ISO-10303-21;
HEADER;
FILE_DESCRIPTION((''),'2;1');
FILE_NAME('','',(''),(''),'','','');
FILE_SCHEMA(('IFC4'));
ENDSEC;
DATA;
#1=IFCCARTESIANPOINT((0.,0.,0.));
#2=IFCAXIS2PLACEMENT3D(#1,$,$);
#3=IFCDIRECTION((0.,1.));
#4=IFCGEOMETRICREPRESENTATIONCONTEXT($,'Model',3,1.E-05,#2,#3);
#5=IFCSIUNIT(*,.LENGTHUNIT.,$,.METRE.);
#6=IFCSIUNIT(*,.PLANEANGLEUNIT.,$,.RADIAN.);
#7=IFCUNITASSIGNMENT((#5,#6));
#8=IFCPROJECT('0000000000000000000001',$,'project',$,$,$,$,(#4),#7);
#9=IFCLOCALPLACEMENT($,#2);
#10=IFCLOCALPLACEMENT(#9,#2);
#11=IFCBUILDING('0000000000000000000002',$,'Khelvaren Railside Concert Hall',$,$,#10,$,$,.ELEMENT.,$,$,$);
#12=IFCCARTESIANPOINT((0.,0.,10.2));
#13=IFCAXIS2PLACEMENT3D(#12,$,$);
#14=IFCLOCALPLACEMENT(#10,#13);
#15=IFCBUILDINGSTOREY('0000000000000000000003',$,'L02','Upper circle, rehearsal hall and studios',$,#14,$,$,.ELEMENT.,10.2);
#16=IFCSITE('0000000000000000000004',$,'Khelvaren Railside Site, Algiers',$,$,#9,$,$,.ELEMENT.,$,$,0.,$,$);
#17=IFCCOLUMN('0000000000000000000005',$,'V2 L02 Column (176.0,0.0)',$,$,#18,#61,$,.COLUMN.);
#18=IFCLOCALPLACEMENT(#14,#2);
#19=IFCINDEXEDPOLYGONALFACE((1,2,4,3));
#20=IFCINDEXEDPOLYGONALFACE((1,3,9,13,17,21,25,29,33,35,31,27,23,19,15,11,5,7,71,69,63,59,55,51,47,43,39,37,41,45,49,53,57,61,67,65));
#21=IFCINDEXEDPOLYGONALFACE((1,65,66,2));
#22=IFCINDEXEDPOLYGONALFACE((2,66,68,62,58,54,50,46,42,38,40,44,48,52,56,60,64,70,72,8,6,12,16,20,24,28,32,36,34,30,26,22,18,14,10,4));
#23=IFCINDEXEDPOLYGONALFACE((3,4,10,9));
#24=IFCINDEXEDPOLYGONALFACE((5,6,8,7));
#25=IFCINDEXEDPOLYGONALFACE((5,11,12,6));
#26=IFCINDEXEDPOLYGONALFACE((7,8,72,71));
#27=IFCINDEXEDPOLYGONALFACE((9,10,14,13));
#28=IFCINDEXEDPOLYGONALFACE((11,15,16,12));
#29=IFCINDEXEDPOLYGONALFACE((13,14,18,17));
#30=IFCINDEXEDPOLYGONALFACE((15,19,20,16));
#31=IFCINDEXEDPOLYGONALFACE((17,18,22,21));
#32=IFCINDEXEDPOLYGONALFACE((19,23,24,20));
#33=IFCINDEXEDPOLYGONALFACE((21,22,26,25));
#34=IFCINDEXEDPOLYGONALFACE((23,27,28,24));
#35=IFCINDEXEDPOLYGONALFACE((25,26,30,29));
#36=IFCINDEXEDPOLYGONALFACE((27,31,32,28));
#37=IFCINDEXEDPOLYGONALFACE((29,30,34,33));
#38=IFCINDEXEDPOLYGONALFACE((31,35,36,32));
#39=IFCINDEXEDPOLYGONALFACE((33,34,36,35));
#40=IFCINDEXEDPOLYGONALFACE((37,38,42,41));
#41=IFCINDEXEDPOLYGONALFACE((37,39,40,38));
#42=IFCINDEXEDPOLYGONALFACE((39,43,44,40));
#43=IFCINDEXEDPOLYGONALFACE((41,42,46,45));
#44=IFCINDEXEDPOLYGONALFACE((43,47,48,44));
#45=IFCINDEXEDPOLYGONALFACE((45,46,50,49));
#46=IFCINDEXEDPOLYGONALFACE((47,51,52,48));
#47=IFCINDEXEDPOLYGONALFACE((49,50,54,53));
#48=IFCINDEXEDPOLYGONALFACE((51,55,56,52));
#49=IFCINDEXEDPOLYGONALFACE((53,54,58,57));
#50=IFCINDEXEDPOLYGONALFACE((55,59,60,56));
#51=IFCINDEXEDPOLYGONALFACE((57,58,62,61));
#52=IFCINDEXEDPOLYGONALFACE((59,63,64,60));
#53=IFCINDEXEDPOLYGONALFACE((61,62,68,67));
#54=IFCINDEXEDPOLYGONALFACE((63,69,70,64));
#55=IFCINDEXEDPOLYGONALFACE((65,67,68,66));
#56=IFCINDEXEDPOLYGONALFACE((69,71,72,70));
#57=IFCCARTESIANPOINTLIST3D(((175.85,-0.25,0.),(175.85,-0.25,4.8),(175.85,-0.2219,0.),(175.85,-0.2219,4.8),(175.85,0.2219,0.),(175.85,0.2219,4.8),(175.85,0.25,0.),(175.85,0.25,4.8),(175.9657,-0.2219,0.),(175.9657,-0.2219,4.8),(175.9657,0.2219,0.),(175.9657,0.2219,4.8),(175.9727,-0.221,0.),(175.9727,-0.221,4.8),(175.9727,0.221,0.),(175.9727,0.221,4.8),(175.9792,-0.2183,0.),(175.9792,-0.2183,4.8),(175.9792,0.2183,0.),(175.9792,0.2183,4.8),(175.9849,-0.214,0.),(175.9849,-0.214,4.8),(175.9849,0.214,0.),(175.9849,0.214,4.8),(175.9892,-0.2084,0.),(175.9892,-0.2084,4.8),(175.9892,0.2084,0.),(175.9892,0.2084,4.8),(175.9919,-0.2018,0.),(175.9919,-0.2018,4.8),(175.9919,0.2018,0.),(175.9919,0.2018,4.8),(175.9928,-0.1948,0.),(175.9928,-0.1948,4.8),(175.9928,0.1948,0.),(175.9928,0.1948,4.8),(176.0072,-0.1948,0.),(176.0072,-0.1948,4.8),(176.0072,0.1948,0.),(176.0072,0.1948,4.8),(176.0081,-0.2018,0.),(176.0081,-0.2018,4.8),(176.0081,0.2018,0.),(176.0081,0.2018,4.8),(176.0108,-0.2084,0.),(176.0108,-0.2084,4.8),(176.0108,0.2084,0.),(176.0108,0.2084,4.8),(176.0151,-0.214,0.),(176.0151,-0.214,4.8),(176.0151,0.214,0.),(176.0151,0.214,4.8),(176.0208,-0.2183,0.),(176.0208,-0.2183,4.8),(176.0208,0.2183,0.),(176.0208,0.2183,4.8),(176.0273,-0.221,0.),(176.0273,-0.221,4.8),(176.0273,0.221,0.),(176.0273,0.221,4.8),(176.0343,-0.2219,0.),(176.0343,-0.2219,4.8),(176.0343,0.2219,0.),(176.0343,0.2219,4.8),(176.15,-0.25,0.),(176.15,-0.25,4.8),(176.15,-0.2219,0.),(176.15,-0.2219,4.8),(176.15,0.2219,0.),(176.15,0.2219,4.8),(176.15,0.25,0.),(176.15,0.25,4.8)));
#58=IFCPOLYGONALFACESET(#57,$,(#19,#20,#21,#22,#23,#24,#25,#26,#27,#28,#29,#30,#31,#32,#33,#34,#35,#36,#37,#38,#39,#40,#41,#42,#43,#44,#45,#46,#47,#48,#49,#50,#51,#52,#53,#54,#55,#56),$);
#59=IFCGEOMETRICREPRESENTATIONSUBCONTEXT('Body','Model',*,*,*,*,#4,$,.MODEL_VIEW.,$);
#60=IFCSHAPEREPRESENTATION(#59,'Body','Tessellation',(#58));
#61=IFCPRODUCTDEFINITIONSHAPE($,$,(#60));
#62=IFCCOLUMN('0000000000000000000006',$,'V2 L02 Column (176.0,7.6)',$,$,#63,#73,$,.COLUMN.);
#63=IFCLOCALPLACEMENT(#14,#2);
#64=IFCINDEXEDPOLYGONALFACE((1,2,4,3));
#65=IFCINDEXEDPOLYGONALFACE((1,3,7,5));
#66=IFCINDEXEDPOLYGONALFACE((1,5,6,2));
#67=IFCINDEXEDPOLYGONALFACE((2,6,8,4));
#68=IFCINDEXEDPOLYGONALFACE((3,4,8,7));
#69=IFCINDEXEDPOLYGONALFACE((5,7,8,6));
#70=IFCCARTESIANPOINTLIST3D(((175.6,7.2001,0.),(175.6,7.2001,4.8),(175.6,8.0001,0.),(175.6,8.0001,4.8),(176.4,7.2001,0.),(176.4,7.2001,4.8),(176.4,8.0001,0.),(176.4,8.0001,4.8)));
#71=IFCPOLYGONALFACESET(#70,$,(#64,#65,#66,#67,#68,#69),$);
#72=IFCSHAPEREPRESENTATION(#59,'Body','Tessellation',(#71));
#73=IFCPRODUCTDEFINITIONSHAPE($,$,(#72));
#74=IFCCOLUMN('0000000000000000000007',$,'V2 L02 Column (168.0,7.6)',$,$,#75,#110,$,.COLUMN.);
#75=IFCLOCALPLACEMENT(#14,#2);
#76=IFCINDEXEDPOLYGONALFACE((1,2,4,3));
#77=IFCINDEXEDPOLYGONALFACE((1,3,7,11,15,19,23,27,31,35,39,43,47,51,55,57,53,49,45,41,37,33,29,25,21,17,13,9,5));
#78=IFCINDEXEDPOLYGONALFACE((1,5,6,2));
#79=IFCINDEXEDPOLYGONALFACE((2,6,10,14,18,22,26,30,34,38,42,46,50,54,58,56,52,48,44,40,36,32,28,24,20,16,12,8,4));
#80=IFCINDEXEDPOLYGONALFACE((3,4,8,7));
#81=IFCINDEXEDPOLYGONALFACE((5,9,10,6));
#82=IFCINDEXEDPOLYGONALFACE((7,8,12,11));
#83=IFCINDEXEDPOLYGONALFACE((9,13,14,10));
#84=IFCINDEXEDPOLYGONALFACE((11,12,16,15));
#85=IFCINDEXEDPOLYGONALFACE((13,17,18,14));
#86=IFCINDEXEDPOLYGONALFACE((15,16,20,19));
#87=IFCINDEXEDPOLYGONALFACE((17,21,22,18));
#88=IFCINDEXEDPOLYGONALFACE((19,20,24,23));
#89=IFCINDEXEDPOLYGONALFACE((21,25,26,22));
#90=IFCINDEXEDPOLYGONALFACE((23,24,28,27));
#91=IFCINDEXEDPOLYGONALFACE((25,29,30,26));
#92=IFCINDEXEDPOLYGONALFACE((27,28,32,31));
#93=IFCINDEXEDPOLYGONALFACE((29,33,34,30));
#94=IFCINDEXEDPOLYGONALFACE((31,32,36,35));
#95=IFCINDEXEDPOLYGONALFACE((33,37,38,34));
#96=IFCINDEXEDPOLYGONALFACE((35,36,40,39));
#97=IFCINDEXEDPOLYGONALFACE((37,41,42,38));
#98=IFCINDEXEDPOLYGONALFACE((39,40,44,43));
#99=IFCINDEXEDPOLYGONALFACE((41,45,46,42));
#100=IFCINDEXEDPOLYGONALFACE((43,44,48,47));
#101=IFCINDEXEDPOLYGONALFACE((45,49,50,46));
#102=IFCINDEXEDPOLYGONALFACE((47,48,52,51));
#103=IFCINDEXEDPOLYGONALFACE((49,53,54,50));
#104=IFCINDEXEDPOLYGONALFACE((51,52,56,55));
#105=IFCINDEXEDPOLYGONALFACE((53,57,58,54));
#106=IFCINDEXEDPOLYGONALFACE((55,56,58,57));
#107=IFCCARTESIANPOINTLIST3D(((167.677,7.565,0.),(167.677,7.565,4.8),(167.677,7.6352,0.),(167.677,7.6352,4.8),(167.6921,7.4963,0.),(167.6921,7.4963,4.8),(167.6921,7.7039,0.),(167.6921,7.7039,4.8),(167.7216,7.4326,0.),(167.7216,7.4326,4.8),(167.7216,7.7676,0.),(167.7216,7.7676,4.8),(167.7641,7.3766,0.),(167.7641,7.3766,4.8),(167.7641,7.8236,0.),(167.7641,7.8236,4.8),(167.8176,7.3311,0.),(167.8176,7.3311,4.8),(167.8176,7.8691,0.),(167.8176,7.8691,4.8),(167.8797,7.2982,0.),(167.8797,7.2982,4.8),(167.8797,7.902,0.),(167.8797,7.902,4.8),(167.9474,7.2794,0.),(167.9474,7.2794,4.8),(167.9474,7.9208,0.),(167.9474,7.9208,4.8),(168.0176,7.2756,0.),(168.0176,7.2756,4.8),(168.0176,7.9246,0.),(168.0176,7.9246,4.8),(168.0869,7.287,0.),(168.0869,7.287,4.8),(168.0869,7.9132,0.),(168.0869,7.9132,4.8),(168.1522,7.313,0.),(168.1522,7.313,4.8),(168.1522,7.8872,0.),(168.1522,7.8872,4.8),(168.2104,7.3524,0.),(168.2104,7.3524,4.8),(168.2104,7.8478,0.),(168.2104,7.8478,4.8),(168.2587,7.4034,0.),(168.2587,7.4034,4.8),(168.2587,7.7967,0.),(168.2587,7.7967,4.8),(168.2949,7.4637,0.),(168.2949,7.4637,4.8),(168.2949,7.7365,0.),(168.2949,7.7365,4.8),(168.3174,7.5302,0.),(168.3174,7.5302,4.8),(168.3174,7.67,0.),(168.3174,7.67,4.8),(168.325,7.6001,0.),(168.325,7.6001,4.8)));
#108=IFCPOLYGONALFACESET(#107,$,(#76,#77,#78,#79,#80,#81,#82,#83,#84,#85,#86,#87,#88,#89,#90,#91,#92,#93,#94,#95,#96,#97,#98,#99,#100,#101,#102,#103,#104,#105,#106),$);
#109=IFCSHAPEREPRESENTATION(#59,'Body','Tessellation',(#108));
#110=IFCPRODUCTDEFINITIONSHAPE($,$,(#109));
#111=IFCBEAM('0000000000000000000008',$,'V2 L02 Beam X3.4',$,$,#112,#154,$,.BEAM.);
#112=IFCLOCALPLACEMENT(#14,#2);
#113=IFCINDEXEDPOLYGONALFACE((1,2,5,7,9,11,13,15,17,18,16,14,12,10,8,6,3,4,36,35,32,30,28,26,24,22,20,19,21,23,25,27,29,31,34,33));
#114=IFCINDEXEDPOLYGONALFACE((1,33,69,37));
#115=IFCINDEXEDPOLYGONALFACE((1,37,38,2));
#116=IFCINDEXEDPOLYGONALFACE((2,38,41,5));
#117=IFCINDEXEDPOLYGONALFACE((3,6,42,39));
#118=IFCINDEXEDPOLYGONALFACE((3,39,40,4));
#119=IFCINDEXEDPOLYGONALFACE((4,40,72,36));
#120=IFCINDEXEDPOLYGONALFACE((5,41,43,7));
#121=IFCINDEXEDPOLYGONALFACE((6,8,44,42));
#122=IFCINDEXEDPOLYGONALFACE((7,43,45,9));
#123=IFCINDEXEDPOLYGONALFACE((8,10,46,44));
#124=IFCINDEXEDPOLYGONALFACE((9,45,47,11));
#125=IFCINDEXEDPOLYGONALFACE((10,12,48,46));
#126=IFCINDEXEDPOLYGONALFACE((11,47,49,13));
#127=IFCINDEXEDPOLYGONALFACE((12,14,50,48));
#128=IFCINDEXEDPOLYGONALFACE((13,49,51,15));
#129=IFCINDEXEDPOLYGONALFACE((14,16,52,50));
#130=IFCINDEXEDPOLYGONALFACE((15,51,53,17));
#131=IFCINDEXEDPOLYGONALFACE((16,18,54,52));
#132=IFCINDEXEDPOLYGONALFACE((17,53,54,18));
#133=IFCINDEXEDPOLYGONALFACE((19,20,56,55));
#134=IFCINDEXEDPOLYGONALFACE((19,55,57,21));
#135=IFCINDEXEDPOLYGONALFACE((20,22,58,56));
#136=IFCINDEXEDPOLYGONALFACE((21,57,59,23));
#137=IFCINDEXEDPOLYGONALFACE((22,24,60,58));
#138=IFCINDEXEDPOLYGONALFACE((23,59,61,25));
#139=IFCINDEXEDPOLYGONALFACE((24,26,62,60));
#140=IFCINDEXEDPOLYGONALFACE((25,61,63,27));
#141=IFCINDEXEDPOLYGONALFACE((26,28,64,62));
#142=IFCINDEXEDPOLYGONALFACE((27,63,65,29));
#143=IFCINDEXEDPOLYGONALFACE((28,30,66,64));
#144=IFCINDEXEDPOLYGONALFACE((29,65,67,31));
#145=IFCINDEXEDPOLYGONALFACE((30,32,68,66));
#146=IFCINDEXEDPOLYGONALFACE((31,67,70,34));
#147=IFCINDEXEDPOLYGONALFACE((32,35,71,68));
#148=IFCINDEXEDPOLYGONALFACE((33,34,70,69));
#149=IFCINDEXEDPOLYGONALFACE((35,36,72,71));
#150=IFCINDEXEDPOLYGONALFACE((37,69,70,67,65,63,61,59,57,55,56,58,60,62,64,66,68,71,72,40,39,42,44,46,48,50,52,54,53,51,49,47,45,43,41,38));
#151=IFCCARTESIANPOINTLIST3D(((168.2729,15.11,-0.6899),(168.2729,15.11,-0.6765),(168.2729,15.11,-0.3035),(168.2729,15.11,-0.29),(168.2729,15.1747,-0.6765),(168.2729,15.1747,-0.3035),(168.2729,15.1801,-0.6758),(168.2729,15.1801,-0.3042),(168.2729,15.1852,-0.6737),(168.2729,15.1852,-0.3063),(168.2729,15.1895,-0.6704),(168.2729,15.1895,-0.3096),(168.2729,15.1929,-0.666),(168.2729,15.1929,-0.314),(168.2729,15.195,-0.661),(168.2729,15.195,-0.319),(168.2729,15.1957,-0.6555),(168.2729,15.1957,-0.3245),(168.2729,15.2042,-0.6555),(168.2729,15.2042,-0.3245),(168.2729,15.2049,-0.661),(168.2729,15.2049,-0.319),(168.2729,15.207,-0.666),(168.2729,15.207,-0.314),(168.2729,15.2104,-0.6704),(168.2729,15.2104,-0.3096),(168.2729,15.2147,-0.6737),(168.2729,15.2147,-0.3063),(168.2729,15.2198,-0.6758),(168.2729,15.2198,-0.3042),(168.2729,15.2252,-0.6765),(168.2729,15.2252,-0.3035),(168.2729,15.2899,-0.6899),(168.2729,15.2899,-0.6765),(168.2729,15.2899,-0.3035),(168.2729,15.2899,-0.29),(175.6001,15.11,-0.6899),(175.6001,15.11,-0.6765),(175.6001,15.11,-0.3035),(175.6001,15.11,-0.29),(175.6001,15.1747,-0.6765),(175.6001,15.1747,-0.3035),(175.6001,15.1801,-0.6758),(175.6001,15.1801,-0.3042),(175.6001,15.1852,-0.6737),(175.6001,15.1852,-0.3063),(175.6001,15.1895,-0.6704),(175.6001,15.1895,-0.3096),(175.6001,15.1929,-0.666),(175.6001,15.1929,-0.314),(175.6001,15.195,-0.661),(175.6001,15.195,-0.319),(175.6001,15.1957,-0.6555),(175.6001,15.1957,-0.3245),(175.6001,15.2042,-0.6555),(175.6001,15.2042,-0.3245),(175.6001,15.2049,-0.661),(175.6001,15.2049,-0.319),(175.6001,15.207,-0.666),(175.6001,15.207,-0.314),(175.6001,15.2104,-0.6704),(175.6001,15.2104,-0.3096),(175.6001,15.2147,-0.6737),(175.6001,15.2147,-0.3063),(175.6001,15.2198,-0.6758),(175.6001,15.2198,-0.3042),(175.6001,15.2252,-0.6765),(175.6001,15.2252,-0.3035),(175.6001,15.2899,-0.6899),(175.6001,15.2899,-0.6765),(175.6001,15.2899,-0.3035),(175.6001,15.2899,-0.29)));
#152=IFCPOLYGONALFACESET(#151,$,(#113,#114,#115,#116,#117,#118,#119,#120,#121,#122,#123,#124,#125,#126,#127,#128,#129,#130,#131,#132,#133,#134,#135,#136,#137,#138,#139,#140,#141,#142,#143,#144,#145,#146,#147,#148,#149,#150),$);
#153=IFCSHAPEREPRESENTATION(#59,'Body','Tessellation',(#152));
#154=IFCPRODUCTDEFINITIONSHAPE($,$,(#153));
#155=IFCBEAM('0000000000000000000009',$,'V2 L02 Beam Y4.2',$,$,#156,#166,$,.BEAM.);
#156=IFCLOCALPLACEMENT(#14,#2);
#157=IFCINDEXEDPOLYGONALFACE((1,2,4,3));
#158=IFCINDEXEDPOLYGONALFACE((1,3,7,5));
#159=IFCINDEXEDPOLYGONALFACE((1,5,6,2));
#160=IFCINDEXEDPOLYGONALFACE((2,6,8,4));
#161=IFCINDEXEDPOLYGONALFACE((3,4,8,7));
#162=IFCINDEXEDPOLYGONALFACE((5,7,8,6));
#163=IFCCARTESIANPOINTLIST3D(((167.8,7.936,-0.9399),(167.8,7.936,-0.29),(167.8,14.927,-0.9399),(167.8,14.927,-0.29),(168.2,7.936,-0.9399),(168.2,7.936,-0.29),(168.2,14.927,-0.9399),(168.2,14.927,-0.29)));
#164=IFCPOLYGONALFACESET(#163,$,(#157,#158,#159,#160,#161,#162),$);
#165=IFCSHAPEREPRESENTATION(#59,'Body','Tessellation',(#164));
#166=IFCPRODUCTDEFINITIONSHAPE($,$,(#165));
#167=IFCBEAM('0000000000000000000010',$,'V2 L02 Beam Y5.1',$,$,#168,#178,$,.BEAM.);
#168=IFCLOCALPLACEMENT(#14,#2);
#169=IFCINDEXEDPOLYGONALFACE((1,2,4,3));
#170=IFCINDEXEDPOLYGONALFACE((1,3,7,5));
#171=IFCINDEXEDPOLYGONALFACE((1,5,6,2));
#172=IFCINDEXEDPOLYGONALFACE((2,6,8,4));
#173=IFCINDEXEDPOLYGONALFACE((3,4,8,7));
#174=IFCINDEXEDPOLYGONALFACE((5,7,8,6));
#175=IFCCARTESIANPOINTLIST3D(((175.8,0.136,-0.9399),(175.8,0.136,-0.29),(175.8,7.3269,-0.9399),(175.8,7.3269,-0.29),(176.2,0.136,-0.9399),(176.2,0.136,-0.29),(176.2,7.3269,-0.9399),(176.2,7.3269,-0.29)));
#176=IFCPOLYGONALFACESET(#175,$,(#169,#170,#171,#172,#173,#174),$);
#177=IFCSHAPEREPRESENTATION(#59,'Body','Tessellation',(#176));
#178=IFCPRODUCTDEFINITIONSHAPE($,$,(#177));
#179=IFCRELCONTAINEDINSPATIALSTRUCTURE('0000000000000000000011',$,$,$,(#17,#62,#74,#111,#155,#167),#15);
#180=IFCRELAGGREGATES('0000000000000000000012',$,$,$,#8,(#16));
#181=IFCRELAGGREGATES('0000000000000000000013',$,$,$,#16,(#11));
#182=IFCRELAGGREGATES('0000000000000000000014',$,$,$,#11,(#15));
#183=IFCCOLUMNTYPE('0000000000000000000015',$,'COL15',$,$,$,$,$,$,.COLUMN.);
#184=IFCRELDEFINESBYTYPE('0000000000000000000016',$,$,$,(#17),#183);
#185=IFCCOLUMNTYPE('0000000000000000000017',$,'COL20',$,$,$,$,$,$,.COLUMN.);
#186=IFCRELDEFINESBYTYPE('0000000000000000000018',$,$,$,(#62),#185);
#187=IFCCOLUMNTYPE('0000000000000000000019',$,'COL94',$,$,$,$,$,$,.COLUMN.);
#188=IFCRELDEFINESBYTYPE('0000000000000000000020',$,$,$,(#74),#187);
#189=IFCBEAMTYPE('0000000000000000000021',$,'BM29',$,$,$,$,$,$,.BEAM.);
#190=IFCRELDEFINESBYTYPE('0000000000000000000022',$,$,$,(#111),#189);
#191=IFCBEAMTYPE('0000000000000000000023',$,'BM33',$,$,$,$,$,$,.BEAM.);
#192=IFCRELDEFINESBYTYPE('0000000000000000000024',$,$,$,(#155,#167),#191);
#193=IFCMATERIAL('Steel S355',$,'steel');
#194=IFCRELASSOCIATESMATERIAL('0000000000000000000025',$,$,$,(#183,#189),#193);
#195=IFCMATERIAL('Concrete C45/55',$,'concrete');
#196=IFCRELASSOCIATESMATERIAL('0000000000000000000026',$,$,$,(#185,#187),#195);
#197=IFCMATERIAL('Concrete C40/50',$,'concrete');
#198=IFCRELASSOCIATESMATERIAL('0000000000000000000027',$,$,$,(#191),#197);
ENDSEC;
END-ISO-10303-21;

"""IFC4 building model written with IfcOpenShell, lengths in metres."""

from ifc_helpers import new_model, si_unit, direction, frame, origin, origin_2d, place, context, subcontext, project, spatial, rectangle, circle, i_section, extrude, material, material_profile, profile_set, type_object, element, save


model = new_model("IFC4")

# Units and contexts
model_context = context("Model", 3, precision=1e-05, world=origin(), true_north=direction((0.0, 1.0)))
body_context = subcontext(model_context, "Body", "Model", "MODEL_VIEW")
ifc_project = project(units=[si_unit("LENGTHUNIT", "METRE"), si_unit("PLANEANGLEUNIT", "RADIAN")], contexts=[model_context])

# Site, building, storey
site_placement = place(None, origin())
site = spatial("IfcSite", under=ifc_project, at=site_placement, Name="Khelvaren Railside Site, Algiers", CompositionType="ELEMENT", RefElevation=0.0)
building_placement = place(site_placement, origin())
building = spatial("IfcBuilding", under=site, at=building_placement, Name="Khelvaren Railside Concert Hall", CompositionType="ELEMENT")
storey_placement = place(building_placement, frame((0.0, 0.0, 10.2)))
storey = spatial("IfcBuildingStorey", under=building, at=storey_placement, Name="L02", Description="Upper circle, rehearsal hall and studios", CompositionType="ELEMENT", Elevation=10.2)

# Columns
ifc_material_1 = material(Name="Steel S355", Category="steel")
ifc_material_profile_1 = material_profile(ifc_material_1, i_section(OverallWidth=0.3, OverallDepth=0.5, WebThickness=0.0144, FlangeThickness=0.0281, FilletRadius=0.0271, at=origin_2d()), Name="HEB 500")
ifc_profile_set_1 = profile_set([ifc_material_profile_1], Name="Steel S355")
column_type_1 = type_object("IfcColumnType", Name="COL15", PredefinedType="COLUMN", material=ifc_profile_set_1)
column_1_placement = place(storey_placement, frame((176.0, 0.0, 0.0), z_axis=(0.0, 0.0, 1.0), x_axis=(1.0, 0.0, 0.0)))
element("IfcColumn", 1, at=column_1_placement, inside=storey, type_object=column_type_1, Name="V2 L02 Column (176.0,0.0)", PredefinedType="COLUMN", context=body_context, shape_type="SweptSolid", body=[
    extrude(i_section(OverallWidth=0.3, OverallDepth=0.5, WebThickness=0.0144, FlangeThickness=0.0281, FilletRadius=0.0271, at=origin_2d()), origin(), (0.0, 0.0, 1.0), 4.8),
])
ifc_material_2 = material(Name="Concrete C45/55", Category="concrete")
ifc_material_profile_2 = material_profile(ifc_material_2, rectangle(XDim=0.8, YDim=0.8, at=origin_2d()), Name="RC 800x800")
ifc_profile_set_2 = profile_set([ifc_material_profile_2], Name="Concrete C45/55")
column_type_2 = type_object("IfcColumnType", Name="COL20", PredefinedType="COLUMN", material=ifc_profile_set_2)
column_2_placement = place(storey_placement, frame((176.0, 7.6001, 0.0), z_axis=(0.0, 0.0, 1.0), x_axis=(1.0, 0.0, 0.0)))
element("IfcColumn", 2, at=column_2_placement, inside=storey, type_object=column_type_2, Name="V2 L02 Column (176.0,7.6)", PredefinedType="COLUMN", context=body_context, shape_type="SweptSolid", body=[
    extrude(rectangle(XDim=0.8, YDim=0.8, at=origin_2d()), origin(), (0.0, 0.0, 1.0), 4.8),
])
ifc_material_profile_3 = material_profile(ifc_material_2, circle(Radius=0.325, at=origin_2d()), Name="RC D650")
ifc_profile_set_3 = profile_set([ifc_material_profile_3], Name="Concrete C45/55")
column_type_3 = type_object("IfcColumnType", Name="COL94", PredefinedType="COLUMN", material=ifc_profile_set_3)
column_3_placement = place(storey_placement, frame((168.0, 7.6001, 0.0), z_axis=(0.0, 0.0, 1.0), x_axis=(1.0, 0.0, 0.0)))
element("IfcColumn", 3, at=column_3_placement, inside=storey, type_object=column_type_3, Name="V2 L02 Column (168.0,7.6)", PredefinedType="COLUMN", context=body_context, shape_type="SweptSolid", body=[
    extrude(circle(Radius=0.325, at=origin_2d()), origin(), (0.0, 0.0, 1.0), 4.8),
])

# Beams
ifc_material_profile_4 = material_profile(ifc_material_1, i_section(OverallWidth=0.1799, OverallDepth=0.3999, WebThickness=0.0085, FlangeThickness=0.0134, FilletRadius=0.021, at=origin_2d()), Name="IPE 400")
ifc_profile_set_4 = profile_set([ifc_material_profile_4], Name="Steel S355")
beam_type_1 = type_object("IfcBeamType", Name="BM29", PredefinedType="BEAM", material=ifc_profile_set_4)
beam_1_placement = place(storey_placement, frame((168.2729, 15.2, -0.49), z_axis=(1.0, 0.0, 0.0), x_axis=(0.0, 1.0, 0.0)))
element("IfcBeam", 4, at=beam_1_placement, inside=storey, type_object=beam_type_1, Name="V2 L02 Beam X3.4", PredefinedType="BEAM", context=body_context, shape_type="SweptSolid", body=[
    extrude(i_section(OverallWidth=0.1799, OverallDepth=0.3999, WebThickness=0.0085, FlangeThickness=0.0134, FilletRadius=0.021, at=origin_2d()), origin(), (0.0, 0.0, 1.0), 7.3271),
])
ifc_material_3 = material(Name="Concrete C40/50", Category="concrete")
ifc_material_profile_5 = material_profile(ifc_material_3, rectangle(XDim=0.3999, YDim=0.6499, at=origin_2d()), Name="RCB 400x650")
ifc_profile_set_5 = profile_set([ifc_material_profile_5], Name="Concrete C40/50")
beam_type_2 = type_object("IfcBeamType", Name="BM33", PredefinedType="BEAM", material=ifc_profile_set_5)
beam_2_placement = place(storey_placement, frame((168.0, 7.936, -0.615), z_axis=(0.0, 1.0, 0.0), x_axis=(-1.0, 0.0, 0.0)))
element("IfcBeam", 5, at=beam_2_placement, inside=storey, type_object=beam_type_2, Name="V2 L02 Beam Y4.2", PredefinedType="BEAM", context=body_context, shape_type="SweptSolid", body=[
    extrude(rectangle(XDim=0.3999, YDim=0.6499, at=origin_2d()), origin(), (0.0, 0.0, 1.0), 6.991),
])
beam_3_placement = place(storey_placement, frame((176.0, 0.136, -0.615), z_axis=(0.0, 1.0, 0.0), x_axis=(-1.0, 0.0, 0.0)))
element("IfcBeam", 6, at=beam_3_placement, inside=storey, type_object=beam_type_2, Name="V2 L02 Beam Y5.1", PredefinedType="BEAM", context=body_context, shape_type="SweptSolid", body=[
    extrude(rectangle(XDim=0.3999, YDim=0.6499, at=origin_2d()), origin(), (0.0, 0.0, 1.0), 7.1909),
])

save(model, "model.ifc")
